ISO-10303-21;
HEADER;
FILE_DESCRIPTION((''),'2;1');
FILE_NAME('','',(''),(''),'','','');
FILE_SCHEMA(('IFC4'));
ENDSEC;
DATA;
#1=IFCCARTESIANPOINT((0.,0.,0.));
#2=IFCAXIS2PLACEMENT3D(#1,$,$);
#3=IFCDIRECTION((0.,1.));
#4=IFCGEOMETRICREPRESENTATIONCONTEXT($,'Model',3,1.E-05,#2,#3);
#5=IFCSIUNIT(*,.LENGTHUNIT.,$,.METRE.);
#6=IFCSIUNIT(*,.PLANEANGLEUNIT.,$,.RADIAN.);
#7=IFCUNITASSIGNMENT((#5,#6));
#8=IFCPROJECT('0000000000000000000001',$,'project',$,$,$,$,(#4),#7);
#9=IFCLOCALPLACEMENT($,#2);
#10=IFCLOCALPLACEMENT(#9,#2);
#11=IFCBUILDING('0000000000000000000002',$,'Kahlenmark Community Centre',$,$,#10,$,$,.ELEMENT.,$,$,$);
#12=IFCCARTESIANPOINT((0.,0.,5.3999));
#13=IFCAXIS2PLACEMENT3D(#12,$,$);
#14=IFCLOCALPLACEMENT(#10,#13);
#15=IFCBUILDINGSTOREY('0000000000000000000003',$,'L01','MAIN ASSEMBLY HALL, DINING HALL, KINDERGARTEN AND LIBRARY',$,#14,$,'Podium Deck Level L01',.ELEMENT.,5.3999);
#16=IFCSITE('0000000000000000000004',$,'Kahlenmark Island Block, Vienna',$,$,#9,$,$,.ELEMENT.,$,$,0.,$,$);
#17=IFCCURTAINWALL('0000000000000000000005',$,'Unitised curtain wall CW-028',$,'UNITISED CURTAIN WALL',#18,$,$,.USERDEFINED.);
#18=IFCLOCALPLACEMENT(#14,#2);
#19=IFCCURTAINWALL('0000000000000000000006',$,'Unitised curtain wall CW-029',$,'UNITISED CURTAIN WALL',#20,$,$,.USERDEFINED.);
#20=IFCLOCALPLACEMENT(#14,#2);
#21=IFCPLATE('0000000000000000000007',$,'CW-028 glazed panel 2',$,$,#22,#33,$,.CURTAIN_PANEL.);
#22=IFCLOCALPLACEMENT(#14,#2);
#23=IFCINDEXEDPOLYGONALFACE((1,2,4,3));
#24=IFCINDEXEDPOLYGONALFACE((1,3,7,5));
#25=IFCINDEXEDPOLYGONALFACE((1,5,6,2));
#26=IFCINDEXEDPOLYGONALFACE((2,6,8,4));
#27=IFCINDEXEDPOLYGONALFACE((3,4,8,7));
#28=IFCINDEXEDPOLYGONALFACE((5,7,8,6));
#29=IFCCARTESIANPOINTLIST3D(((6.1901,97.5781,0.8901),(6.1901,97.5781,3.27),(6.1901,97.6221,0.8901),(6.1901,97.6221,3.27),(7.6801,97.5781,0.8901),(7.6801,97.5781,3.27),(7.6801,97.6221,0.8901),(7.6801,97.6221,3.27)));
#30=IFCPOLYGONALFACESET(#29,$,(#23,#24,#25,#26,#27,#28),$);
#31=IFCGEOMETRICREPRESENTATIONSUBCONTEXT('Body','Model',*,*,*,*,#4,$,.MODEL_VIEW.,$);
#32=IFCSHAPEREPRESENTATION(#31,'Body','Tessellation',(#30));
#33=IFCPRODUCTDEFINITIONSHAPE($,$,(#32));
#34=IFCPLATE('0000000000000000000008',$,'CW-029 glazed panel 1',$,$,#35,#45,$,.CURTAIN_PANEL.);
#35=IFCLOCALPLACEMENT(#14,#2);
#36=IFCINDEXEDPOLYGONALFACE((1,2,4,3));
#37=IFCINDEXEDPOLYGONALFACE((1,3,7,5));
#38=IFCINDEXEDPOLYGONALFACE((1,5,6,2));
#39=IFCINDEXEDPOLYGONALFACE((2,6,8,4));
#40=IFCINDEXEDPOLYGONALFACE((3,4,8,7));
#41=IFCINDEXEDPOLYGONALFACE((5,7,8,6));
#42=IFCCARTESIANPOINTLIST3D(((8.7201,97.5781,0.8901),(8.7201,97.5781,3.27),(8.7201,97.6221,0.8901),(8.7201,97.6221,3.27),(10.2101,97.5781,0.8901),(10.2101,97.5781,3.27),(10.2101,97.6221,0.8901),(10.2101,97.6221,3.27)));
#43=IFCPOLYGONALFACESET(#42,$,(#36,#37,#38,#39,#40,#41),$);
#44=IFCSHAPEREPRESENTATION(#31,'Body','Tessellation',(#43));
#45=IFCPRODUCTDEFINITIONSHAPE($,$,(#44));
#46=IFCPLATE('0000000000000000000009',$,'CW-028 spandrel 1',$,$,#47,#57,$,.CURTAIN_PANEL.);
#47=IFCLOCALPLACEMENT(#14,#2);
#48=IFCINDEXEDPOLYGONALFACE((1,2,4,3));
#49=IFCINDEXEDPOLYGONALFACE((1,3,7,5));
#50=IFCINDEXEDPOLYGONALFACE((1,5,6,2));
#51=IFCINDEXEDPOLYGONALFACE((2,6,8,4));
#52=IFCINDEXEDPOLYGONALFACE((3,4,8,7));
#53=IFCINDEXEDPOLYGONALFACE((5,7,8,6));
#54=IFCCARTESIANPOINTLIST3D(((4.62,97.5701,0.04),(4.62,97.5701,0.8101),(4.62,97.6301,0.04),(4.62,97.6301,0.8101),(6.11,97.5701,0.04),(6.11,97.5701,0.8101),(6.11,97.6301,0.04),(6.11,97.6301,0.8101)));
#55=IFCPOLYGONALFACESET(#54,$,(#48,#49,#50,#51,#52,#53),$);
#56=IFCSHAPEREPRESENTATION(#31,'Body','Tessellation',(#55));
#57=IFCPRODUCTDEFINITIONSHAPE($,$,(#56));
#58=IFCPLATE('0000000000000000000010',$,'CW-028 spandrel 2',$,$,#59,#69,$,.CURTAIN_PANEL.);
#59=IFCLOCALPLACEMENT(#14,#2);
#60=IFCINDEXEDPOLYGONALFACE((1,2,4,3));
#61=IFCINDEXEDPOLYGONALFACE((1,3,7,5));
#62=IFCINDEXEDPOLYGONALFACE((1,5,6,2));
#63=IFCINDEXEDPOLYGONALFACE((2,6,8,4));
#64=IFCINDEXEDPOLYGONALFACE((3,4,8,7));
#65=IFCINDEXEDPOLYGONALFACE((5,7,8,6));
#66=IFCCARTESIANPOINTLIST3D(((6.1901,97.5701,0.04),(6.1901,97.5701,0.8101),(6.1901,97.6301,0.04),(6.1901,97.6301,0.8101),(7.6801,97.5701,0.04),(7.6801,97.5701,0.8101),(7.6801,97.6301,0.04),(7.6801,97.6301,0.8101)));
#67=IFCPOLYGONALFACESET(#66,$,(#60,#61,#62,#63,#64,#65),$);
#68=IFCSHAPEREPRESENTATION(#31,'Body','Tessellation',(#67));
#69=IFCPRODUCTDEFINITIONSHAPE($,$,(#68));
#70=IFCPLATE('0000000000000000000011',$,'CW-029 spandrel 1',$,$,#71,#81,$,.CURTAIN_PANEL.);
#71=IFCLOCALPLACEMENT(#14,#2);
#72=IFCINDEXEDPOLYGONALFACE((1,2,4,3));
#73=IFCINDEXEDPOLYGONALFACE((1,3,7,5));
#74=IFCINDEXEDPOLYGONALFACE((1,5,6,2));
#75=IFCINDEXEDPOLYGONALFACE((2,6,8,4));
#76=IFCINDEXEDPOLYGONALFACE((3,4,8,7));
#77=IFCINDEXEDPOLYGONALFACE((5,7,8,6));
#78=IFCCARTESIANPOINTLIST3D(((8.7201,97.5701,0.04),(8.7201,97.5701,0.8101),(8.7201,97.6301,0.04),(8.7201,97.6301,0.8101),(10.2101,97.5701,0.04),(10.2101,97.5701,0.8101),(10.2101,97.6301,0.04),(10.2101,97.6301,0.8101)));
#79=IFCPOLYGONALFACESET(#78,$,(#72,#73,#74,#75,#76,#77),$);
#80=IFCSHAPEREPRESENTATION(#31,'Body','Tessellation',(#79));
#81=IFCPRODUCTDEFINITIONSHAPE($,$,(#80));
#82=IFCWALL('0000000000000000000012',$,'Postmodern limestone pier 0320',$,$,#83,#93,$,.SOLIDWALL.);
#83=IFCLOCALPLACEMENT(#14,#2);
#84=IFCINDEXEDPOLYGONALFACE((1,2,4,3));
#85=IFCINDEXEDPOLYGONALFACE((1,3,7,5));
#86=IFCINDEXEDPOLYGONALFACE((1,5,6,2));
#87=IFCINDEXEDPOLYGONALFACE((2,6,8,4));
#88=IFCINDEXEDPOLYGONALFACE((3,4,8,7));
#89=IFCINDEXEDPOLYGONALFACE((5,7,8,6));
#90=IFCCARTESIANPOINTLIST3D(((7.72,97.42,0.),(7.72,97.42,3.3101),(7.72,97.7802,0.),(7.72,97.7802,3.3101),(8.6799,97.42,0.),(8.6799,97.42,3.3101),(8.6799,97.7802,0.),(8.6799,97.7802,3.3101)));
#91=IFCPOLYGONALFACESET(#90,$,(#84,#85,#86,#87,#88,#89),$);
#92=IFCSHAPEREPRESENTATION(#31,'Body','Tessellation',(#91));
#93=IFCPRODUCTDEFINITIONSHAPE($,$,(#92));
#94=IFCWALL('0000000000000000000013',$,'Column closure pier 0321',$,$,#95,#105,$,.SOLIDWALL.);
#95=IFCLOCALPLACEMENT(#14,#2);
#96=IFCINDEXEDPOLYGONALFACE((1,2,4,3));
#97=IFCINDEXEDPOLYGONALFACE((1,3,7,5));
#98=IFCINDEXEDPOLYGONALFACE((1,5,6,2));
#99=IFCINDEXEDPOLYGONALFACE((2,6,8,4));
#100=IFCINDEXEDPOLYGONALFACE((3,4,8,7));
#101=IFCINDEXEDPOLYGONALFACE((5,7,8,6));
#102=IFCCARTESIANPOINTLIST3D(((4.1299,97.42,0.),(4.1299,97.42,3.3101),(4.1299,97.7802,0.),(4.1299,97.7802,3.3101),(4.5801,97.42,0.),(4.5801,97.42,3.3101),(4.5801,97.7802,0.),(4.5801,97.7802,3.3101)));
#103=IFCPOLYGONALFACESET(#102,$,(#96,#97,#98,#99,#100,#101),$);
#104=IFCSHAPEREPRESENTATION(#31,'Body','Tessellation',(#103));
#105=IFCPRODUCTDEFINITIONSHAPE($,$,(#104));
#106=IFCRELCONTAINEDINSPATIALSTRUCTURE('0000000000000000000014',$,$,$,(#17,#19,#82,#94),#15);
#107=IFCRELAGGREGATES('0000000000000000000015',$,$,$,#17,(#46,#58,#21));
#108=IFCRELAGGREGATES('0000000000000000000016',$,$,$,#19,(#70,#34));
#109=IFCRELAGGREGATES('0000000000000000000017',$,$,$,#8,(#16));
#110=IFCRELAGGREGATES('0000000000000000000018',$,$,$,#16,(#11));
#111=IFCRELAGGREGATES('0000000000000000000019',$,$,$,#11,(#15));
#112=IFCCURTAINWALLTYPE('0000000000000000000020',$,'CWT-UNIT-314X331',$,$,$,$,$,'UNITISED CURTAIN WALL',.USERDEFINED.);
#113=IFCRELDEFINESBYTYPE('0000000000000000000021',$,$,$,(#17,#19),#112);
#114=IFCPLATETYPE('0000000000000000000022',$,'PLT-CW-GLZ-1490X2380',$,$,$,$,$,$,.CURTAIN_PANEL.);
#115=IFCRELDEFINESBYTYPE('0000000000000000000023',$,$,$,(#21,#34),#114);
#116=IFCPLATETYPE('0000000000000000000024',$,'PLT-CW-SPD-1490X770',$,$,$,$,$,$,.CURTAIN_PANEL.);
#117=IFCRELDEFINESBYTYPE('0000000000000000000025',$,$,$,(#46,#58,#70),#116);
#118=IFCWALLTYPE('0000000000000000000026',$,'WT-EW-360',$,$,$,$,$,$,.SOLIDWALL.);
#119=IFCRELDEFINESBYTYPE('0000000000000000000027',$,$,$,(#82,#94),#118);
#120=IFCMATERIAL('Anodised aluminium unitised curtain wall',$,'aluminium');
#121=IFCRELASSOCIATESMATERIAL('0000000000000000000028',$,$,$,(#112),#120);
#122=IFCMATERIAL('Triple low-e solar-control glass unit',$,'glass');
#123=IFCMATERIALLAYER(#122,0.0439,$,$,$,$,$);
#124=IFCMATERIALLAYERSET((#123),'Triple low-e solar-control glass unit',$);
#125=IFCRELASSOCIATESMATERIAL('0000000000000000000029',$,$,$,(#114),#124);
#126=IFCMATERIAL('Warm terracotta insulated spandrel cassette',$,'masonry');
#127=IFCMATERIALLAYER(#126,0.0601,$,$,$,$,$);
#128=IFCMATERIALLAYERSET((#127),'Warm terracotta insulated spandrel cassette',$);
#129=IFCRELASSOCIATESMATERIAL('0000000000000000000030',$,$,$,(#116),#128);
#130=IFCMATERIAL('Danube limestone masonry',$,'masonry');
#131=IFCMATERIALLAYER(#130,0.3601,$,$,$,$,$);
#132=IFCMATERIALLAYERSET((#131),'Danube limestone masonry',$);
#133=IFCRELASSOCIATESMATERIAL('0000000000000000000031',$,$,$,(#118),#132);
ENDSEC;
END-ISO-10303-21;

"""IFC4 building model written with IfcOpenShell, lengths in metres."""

from ifc_helpers import new_model, si_unit, direction, frame, frame_2d, origin, origin_2d, place, context, subcontext, project, spatial, rectangle, extrude, material, layer, layer_set, type_object, element, aggregate, save


model = new_model("IFC4")

# Units and contexts
model_context = context("Model", 3, precision=1e-05, world=origin(), true_north=direction((0.0, 1.0)))
body_context = subcontext(model_context, "Body", "Model", "MODEL_VIEW")
ifc_project = project(units=[si_unit("LENGTHUNIT", "METRE"), si_unit("PLANEANGLEUNIT", "RADIAN")], contexts=[model_context])

# Site, building, storey
site_placement = place(None, origin())
site = spatial("IfcSite", under=ifc_project, at=site_placement, Name="Kahlenmark Island Block, Vienna", CompositionType="ELEMENT", RefElevation=0.0)
building_placement = place(site_placement, origin())
building = spatial("IfcBuilding", under=site, at=building_placement, Name="Kahlenmark Community Centre", CompositionType="ELEMENT")
storey_placement = place(building_placement, frame((0.0, 0.0, 5.3999)))
storey = spatial("IfcBuildingStorey", under=building, at=storey_placement, Name="L01", Description="MAIN ASSEMBLY HALL, DINING HALL, KINDERGARTEN AND LIBRARY", LongName="Podium Deck Level L01", CompositionType="ELEMENT", Elevation=5.3999)

# Curtain wall
ifc_material_1 = material(Name="Anodised aluminium unitised curtain wall", Category="aluminium")
curtain_wall_type = type_object("IfcCurtainWallType", Name="CWT-UNIT-314X331", ElementType="UNITISED CURTAIN WALL", PredefinedType="USERDEFINED", material=ifc_material_1)
curtain_wall_1_placement = place(storey_placement, origin())
curtain_wall_1 = element("IfcCurtainWall", 1, at=curtain_wall_1_placement, inside=storey, type_object=curtain_wall_type, Name="Unitised curtain wall CW-028", ObjectType="UNITISED CURTAIN WALL", PredefinedType="USERDEFINED")

# Curtain wall
curtain_wall_2_placement = place(storey_placement, origin())
curtain_wall_2 = element("IfcCurtainWall", 2, at=curtain_wall_2_placement, inside=storey, type_object=curtain_wall_type, Name="Unitised curtain wall CW-029", ObjectType="UNITISED CURTAIN WALL", PredefinedType="USERDEFINED")

# Plates
ifc_material_2 = material(Name="Triple low-e solar-control glass unit", Category="glass")
ifc_layer_1 = layer(ifc_material_2, 0.0439)
ifc_layer_set_1 = layer_set([ifc_layer_1], Name="Triple low-e solar-control glass unit")
plate_type_1 = type_object("IfcPlateType", Name="PLT-CW-GLZ-1490X2380", PredefinedType="CURTAIN_PANEL", material=ifc_layer_set_1)
plate_1_placement = place(storey_placement, frame((6.9351, 97.6001, 0.8901), z_axis=(0.0, 0.0, 1.0), x_axis=(1.0, 0.0, 0.0)))
plate_1 = element("IfcPlate", 3, at=plate_1_placement, type_object=plate_type_1, Name="CW-028 glazed panel 2", PredefinedType="CURTAIN_PANEL", context=body_context, shape_type="SweptSolid", body=[
    extrude(rectangle(XDim=1.49, YDim=0.0439, at=origin_2d()), origin(), (0.0, 0.0, 1.0), 2.3799),
])
plate_2_placement = place(storey_placement, frame((9.4651, 97.6001, 0.8901), z_axis=(0.0, 0.0, 1.0), x_axis=(1.0, 0.0, 0.0)))
plate_2 = element("IfcPlate", 4, at=plate_2_placement, type_object=plate_type_1, Name="CW-029 glazed panel 1", PredefinedType="CURTAIN_PANEL", context=body_context, shape_type="SweptSolid", body=[
    extrude(rectangle(XDim=1.49, YDim=0.0439, at=origin_2d()), origin(), (0.0, 0.0, 1.0), 2.3799),
])
ifc_material_3 = material(Name="Warm terracotta insulated spandrel cassette", Category="masonry")
ifc_layer_2 = layer(ifc_material_3, 0.0601)
ifc_layer_set_2 = layer_set([ifc_layer_2], Name="Warm terracotta insulated spandrel cassette")
plate_type_2 = type_object("IfcPlateType", Name="PLT-CW-SPD-1490X770", PredefinedType="CURTAIN_PANEL", material=ifc_layer_set_2)
plate_3_placement = place(storey_placement, frame((5.365, 97.6001, 0.04), z_axis=(0.0, 0.0, 1.0), x_axis=(1.0, 0.0, 0.0)))
plate_3 = element("IfcPlate", 5, at=plate_3_placement, type_object=plate_type_2, Name="CW-028 spandrel 1", PredefinedType="CURTAIN_PANEL", context=body_context, shape_type="SweptSolid", body=[
    extrude(rectangle(XDim=1.49, YDim=0.0601, at=origin_2d()), origin(), (0.0, 0.0, 1.0), 0.77),
])
plate_4_placement = place(storey_placement, frame((6.9351, 97.6001, 0.04), z_axis=(0.0, 0.0, 1.0), x_axis=(1.0, 0.0, 0.0)))
plate_4 = element("IfcPlate", 6, at=plate_4_placement, type_object=plate_type_2, Name="CW-028 spandrel 2", PredefinedType="CURTAIN_PANEL", context=body_context, shape_type="SweptSolid", body=[
    extrude(rectangle(XDim=1.49, YDim=0.0601, at=origin_2d()), origin(), (0.0, 0.0, 1.0), 0.77),
])
aggregate(curtain_wall_1, [plate_3, plate_4, plate_1])
plate_5_placement = place(storey_placement, frame((9.4651, 97.6001, 0.04), z_axis=(0.0, 0.0, 1.0), x_axis=(1.0, 0.0, 0.0)))
plate_5 = element("IfcPlate", 7, at=plate_5_placement, type_object=plate_type_2, Name="CW-029 spandrel 1", PredefinedType="CURTAIN_PANEL", context=body_context, shape_type="SweptSolid", body=[
    extrude(rectangle(XDim=1.49, YDim=0.0601, at=origin_2d()), origin(), (0.0, 0.0, 1.0), 0.77),
])
aggregate(curtain_wall_2, [plate_5, plate_2])

# Walls
ifc_material_4 = material(Name="Danube limestone masonry", Category="masonry")
ifc_layer_3 = layer(ifc_material_4, 0.3601)
ifc_layer_set_3 = layer_set([ifc_layer_3], Name="Danube limestone masonry")
wall_type = type_object("IfcWallType", Name="WT-EW-360", PredefinedType="SOLIDWALL", material=ifc_layer_set_3)
wall_1_placement = place(storey_placement, frame((7.72, 97.6001, 0.0), z_axis=(0.0, 0.0, 1.0), x_axis=(1.0, 0.0, 0.0)))
element("IfcWall", 8, at=wall_1_placement, inside=storey, type_object=wall_type, Name="Postmodern limestone pier 0320", PredefinedType="SOLIDWALL", context=body_context, shape_type="SweptSolid", body=[
    extrude(rectangle(XDim=0.96, YDim=0.3601, at=frame_2d((0.48, 0.0))), origin(), (0.0, 0.0, 1.0), 3.3101),
])
wall_2_placement = place(storey_placement, frame((4.1299, 97.6001, 0.0), z_axis=(0.0, 0.0, 1.0), x_axis=(1.0, 0.0, 0.0)))
element("IfcWall", 9, at=wall_2_placement, inside=storey, type_object=wall_type, Name="Column closure pier 0321", PredefinedType="SOLIDWALL", context=body_context, shape_type="SweptSolid", body=[
    extrude(rectangle(XDim=0.4502, YDim=0.3601, at=frame_2d((0.2251, 0.0))), origin(), (0.0, 0.0, 1.0), 3.3101),
])

save(model, "model.ifc")
